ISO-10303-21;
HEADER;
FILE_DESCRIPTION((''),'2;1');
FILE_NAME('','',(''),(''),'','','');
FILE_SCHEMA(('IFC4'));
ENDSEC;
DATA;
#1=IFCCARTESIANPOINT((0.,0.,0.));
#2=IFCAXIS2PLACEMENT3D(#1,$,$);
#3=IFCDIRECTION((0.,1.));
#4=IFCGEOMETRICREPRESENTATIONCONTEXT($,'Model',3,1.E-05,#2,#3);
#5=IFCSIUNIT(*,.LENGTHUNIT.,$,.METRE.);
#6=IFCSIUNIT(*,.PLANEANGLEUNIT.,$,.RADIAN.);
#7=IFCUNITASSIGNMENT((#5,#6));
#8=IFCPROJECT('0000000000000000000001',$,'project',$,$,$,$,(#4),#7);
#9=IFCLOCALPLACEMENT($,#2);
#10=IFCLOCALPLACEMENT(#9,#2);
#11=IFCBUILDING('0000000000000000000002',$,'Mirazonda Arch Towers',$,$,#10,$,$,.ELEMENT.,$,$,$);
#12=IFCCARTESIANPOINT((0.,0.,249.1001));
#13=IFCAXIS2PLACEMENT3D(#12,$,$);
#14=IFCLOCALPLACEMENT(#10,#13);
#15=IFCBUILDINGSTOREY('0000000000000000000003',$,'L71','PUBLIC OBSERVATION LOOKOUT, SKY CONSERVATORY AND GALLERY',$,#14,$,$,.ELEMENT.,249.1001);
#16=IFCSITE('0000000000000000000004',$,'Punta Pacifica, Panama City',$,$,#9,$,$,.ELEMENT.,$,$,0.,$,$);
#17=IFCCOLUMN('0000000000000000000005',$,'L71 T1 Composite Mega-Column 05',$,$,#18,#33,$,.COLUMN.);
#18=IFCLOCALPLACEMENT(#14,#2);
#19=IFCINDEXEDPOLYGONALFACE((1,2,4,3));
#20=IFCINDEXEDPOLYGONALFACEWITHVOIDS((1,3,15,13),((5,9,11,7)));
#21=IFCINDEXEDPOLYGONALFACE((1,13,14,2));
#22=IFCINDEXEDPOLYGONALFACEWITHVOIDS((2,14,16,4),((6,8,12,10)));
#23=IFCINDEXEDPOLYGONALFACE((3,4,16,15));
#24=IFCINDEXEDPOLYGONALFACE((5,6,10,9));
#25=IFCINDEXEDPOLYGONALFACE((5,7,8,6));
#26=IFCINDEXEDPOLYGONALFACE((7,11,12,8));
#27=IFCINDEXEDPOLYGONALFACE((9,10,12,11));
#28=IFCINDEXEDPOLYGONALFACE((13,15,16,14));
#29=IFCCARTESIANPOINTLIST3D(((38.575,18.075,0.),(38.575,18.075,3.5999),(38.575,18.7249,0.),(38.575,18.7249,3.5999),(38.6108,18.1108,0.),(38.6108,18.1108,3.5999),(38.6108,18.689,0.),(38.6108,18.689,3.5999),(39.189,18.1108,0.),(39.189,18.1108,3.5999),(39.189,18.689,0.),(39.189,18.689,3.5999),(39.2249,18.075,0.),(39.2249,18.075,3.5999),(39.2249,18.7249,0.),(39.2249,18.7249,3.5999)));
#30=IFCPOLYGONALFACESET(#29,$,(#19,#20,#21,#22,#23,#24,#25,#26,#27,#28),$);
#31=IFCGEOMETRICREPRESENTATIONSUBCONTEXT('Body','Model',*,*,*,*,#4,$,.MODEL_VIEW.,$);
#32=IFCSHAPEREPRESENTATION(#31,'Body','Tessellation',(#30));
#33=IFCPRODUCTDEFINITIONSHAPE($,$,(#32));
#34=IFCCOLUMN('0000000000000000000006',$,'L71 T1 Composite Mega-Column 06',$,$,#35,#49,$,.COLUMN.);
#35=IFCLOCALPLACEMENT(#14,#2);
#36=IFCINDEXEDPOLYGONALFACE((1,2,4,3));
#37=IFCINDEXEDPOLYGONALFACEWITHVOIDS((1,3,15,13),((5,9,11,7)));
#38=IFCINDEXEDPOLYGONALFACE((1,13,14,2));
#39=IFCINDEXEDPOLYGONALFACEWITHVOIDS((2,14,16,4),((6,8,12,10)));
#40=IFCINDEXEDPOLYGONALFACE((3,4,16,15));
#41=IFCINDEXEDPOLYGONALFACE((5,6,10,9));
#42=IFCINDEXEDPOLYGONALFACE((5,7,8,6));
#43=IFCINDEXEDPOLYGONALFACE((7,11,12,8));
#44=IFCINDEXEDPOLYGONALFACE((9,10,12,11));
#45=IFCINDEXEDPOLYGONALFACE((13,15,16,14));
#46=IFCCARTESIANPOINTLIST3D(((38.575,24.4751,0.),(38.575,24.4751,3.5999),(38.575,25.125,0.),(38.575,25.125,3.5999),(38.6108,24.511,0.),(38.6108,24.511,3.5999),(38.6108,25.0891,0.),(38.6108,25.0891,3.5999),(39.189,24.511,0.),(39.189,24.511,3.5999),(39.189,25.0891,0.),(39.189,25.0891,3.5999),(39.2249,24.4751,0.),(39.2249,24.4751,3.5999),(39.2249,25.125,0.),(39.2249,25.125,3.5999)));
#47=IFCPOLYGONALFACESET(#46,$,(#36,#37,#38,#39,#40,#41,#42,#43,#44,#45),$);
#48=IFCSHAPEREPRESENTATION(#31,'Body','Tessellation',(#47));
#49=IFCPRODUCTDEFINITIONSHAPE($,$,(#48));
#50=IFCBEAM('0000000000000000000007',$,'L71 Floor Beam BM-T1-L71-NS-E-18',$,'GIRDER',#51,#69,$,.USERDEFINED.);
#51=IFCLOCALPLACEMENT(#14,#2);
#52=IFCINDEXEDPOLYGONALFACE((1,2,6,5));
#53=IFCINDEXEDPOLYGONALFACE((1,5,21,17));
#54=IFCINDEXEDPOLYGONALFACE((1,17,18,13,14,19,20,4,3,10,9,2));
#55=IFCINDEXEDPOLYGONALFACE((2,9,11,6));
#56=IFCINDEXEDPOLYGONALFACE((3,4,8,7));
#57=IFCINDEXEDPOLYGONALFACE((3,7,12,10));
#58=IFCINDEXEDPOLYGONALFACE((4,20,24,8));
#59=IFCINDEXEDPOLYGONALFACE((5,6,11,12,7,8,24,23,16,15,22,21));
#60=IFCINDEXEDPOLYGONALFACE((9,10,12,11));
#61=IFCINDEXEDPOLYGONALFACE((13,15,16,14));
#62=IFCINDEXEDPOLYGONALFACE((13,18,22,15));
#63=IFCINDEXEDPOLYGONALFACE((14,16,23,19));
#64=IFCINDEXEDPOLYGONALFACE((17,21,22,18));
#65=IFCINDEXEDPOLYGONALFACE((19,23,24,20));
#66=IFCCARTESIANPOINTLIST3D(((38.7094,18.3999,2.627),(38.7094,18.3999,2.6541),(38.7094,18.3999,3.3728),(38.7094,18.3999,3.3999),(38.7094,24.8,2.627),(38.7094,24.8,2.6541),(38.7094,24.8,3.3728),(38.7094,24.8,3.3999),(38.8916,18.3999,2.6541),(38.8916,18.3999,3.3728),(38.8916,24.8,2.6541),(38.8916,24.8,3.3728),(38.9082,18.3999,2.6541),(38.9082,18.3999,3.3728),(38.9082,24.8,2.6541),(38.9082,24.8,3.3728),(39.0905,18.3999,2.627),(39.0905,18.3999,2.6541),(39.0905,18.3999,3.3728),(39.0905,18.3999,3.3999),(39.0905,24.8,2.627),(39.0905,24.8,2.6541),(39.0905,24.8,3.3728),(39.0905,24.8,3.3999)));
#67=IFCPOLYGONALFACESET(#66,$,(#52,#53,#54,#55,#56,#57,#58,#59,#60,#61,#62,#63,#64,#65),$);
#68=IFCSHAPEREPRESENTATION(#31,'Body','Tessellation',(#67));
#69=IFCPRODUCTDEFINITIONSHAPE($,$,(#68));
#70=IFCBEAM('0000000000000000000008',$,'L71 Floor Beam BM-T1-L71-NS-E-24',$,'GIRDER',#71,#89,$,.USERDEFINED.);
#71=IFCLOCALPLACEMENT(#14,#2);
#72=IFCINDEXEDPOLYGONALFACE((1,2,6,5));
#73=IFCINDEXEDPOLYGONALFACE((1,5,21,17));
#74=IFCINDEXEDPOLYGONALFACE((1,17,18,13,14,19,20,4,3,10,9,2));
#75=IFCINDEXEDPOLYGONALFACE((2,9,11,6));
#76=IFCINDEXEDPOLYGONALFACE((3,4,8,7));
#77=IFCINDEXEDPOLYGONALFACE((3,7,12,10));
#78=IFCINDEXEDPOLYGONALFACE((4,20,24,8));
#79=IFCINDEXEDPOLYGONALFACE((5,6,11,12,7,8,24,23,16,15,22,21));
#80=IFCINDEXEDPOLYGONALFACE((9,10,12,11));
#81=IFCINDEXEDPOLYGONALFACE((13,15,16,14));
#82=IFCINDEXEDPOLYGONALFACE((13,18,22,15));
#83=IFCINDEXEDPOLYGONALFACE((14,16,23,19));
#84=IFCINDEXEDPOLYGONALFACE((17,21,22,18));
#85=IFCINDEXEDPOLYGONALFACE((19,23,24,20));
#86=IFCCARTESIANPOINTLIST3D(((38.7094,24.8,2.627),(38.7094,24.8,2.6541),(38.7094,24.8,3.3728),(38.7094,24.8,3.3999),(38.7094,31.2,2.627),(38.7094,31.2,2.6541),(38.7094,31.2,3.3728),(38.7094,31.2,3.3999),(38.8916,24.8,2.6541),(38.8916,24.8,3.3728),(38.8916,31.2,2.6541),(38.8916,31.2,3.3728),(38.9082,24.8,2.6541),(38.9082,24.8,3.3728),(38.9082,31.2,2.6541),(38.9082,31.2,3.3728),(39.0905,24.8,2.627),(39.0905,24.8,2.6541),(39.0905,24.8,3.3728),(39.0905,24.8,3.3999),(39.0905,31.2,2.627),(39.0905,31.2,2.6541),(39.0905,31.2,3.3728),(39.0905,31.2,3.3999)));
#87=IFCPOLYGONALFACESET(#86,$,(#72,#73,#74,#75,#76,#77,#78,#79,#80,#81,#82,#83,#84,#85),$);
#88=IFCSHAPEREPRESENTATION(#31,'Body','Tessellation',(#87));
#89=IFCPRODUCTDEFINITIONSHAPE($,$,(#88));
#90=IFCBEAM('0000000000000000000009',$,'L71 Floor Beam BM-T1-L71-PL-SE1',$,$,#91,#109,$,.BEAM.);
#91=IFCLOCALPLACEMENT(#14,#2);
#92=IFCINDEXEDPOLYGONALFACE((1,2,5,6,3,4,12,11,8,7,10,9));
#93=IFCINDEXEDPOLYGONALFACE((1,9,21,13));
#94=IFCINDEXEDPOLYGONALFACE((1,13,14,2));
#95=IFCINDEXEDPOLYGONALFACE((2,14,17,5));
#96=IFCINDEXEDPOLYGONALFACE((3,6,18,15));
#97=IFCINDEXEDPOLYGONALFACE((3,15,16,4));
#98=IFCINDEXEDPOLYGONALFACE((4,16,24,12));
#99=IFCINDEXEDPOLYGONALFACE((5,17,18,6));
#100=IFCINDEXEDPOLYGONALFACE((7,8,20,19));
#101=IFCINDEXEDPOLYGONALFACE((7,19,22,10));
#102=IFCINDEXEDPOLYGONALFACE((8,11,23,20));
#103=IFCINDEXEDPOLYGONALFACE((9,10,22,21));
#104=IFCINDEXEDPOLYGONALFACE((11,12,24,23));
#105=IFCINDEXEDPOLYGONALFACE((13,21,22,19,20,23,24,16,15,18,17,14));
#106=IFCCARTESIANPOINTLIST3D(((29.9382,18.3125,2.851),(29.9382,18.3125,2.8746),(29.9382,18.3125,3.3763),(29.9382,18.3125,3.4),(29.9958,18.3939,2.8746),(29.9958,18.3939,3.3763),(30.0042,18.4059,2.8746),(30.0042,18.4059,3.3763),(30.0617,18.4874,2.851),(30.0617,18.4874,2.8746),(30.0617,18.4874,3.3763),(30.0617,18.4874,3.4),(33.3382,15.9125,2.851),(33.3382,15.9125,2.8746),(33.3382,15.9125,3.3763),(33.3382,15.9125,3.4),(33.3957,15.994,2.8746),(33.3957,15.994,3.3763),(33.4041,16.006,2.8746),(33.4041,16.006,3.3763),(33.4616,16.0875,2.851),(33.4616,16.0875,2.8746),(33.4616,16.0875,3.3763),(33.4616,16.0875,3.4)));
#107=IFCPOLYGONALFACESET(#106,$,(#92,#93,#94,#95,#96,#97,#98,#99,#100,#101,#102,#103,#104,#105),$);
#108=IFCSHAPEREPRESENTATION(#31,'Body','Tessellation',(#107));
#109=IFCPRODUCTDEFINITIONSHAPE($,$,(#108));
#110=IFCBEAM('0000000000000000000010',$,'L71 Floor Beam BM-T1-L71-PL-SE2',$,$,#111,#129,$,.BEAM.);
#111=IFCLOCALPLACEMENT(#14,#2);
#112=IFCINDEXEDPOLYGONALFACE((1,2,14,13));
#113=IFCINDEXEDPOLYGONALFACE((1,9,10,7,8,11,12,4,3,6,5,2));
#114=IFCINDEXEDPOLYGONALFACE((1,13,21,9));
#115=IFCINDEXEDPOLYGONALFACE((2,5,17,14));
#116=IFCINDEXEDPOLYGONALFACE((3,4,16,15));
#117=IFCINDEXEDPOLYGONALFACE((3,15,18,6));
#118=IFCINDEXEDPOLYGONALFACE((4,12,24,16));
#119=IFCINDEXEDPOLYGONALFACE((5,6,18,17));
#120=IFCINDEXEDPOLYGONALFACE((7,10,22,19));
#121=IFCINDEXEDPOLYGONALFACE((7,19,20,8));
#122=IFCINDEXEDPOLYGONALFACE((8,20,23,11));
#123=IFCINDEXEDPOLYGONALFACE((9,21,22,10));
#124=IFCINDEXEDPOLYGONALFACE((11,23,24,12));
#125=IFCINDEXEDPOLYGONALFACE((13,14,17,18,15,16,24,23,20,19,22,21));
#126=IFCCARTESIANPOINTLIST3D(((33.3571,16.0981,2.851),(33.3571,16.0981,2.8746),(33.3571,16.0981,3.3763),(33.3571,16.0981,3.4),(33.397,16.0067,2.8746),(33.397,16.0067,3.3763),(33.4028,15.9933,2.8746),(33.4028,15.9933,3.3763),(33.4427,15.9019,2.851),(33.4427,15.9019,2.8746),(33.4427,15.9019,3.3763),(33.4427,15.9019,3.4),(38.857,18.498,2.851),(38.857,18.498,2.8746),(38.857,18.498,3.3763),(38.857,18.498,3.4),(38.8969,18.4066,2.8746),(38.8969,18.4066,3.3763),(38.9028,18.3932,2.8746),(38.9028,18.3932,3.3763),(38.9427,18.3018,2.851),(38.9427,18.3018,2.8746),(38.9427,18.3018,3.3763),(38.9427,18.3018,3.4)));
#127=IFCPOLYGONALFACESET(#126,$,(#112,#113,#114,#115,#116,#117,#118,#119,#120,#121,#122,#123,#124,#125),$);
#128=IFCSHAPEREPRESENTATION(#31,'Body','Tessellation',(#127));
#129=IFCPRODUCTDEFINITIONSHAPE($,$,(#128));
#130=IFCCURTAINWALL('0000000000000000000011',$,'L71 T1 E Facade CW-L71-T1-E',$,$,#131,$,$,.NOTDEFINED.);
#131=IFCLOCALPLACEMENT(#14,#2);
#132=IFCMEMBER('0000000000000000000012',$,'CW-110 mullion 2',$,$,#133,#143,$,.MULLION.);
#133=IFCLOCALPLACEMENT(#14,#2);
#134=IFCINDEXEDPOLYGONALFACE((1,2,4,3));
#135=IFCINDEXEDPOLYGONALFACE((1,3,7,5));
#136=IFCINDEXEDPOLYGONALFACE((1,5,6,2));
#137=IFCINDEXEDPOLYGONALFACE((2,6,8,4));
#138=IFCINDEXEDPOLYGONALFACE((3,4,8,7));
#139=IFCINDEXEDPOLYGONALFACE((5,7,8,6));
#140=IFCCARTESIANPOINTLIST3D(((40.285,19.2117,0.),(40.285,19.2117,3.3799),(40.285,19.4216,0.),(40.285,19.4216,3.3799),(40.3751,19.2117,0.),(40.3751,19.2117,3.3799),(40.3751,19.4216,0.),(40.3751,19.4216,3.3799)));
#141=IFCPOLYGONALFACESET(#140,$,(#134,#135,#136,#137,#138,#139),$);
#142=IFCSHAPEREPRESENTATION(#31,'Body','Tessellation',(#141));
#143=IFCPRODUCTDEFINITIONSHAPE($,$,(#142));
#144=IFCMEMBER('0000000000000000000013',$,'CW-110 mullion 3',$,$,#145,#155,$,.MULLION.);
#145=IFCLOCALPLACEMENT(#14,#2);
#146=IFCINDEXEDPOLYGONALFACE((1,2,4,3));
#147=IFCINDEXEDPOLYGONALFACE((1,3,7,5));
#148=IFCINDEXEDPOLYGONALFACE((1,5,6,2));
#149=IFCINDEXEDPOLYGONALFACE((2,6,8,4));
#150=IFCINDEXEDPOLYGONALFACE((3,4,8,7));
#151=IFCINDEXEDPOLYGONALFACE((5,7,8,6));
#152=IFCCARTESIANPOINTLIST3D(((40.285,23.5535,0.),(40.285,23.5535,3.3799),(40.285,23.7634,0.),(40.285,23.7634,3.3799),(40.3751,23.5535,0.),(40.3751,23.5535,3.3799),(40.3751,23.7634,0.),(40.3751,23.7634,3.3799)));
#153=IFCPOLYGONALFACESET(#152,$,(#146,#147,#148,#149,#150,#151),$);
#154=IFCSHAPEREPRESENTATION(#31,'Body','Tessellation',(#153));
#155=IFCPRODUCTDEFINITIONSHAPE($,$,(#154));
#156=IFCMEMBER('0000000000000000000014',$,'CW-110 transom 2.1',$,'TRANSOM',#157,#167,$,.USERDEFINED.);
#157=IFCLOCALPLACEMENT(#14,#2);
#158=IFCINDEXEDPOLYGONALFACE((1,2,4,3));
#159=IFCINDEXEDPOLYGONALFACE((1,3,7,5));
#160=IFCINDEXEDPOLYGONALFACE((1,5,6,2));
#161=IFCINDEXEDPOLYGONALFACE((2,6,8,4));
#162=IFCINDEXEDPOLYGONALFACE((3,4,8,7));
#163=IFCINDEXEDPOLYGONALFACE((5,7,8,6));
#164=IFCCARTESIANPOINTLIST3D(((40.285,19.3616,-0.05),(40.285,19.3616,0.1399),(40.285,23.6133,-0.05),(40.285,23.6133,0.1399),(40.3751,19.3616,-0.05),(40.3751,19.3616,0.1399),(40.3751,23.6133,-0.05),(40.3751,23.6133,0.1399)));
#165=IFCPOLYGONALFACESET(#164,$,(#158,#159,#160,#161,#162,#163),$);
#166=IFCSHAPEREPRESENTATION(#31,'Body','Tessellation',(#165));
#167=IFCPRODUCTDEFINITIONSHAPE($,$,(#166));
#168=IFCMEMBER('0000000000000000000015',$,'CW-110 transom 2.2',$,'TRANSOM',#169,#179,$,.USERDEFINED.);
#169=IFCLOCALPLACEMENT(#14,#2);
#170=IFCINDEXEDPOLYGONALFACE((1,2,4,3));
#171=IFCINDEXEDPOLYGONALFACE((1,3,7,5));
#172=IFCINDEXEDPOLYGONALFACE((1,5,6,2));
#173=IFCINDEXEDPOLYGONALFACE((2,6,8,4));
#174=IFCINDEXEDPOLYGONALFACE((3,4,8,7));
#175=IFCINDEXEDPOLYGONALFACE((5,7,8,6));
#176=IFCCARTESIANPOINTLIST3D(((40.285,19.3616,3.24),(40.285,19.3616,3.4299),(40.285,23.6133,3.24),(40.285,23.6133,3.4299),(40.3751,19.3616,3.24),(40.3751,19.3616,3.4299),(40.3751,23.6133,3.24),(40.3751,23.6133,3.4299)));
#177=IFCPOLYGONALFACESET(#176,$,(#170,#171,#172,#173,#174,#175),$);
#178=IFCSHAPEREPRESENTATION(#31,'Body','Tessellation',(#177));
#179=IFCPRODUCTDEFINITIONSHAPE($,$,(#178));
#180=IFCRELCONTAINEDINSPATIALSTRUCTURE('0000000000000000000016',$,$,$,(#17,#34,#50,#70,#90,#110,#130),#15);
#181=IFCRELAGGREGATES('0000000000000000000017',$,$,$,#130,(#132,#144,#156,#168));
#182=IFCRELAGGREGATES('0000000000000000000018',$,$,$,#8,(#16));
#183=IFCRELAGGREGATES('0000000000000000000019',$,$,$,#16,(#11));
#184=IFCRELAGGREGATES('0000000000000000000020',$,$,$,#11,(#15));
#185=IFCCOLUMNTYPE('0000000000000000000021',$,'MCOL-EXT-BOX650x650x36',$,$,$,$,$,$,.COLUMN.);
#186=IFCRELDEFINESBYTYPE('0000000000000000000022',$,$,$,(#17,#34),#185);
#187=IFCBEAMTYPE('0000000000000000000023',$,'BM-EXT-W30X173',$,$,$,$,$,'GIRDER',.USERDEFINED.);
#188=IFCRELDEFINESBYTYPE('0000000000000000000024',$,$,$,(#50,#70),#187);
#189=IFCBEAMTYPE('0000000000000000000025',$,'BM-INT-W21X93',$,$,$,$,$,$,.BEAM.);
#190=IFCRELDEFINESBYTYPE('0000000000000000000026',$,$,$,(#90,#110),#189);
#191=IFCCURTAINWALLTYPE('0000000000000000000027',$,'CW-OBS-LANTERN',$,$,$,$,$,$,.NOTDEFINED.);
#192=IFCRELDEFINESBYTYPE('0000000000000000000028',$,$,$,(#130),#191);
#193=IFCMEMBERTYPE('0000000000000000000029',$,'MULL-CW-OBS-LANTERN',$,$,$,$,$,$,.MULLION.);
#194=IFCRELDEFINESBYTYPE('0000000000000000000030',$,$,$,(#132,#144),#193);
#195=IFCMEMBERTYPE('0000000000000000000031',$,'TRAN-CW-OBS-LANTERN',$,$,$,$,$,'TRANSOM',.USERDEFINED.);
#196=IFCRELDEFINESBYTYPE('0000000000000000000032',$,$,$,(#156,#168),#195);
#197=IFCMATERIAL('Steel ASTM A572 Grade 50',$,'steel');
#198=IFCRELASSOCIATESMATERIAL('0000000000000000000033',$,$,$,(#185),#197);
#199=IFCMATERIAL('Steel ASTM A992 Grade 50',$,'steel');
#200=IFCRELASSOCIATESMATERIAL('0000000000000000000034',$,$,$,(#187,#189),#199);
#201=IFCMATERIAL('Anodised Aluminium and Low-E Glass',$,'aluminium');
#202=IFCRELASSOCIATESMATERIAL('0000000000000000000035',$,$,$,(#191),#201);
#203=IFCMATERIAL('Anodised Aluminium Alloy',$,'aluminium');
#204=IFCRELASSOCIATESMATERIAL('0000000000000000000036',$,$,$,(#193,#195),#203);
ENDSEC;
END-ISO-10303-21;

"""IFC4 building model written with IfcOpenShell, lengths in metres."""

from ifc_helpers import new_model, si_unit, direction, frame, origin, origin_2d, place, context, subcontext, project, spatial, rectangle, hollow_rectangle, i_section, extrude, material, material_profile, profile_set, type_object, element, aggregate, save


model = new_model("IFC4")

# Units and contexts
model_context = context("Model", 3, precision=1e-05, world=origin(), true_north=direction((0.0, 1.0)))
body_context = subcontext(model_context, "Body", "Model", "MODEL_VIEW")
ifc_project = project(units=[si_unit("LENGTHUNIT", "METRE"), si_unit("PLANEANGLEUNIT", "RADIAN")], contexts=[model_context])

# Site, building, storey
site_placement = place(None, origin())
site = spatial("IfcSite", under=ifc_project, at=site_placement, Name="Punta Pacifica, Panama City", CompositionType="ELEMENT", RefElevation=0.0)
building_placement = place(site_placement, origin())
building = spatial("IfcBuilding", under=site, at=building_placement, Name="Mirazonda Arch Towers", CompositionType="ELEMENT")
storey_placement = place(building_placement, frame((0.0, 0.0, 249.1001)))
storey = spatial("IfcBuildingStorey", under=building, at=storey_placement, Name="L71", Description="PUBLIC OBSERVATION LOOKOUT, SKY CONSERVATORY AND GALLERY", CompositionType="ELEMENT", Elevation=249.1001)

# Columns
ifc_material_1 = material(Name="Steel ASTM A572 Grade 50", Category="steel")
ifc_material_profile_1 = material_profile(ifc_material_1, hollow_rectangle(XDim=0.6499, YDim=0.6499, WallThickness=0.0359, at=origin_2d()), Name="BOX650x650x36")
ifc_profile_set_1 = profile_set([ifc_material_profile_1], Name="Steel ASTM A572 Grade 50")
column_type = type_object("IfcColumnType", Name="MCOL-EXT-BOX650x650x36", PredefinedType="COLUMN", material=ifc_profile_set_1)
for number, where, z_axis, x_axis, name in (
    (1, (38.8999, 18.3999, 0.0), (0.0, 0.0, 1.0), (1.0, 0.0, 0.0), "L71 T1 Composite Mega-Column 05"),
    (2, (38.8999, 24.8, 0.0), (0.0, 0.0, 1.0), (1.0, 0.0, 0.0), "L71 T1 Composite Mega-Column 06"),
):
    element("IfcColumn", number, at=place(storey_placement, frame(where, z_axis=z_axis, x_axis=x_axis)), inside=storey, type_object=column_type, Name=name, PredefinedType="COLUMN", context=body_context, shape_type="SweptSolid", body=[
        extrude(hollow_rectangle(XDim=0.6499, YDim=0.6499, WallThickness=0.0359, at=origin_2d()), origin(), (0.0, 0.0, 1.0), 3.5999),
    ])

# Beams
ifc_material_2 = material(Name="Steel ASTM A992 Grade 50", Category="steel")
ifc_material_profile_2 = material_profile(ifc_material_2, i_section(OverallWidth=0.3811, OverallDepth=0.7729, WebThickness=0.0166, FlangeThickness=0.0271, at=origin_2d()), Name="W30X173")
ifc_profile_set_2 = profile_set([ifc_material_profile_2], Name="Steel ASTM A992 Grade 50")
beam_type_1 = type_object("IfcBeamType", Name="BM-EXT-W30X173", ElementType="GIRDER", PredefinedType="USERDEFINED", material=ifc_profile_set_2)
beam_1_placement = place(storey_placement, frame((38.8999, 18.3999, 3.0134), z_axis=(0.0, 1.0, 0.0), x_axis=(-1.0, 0.0, 0.0)))
element("IfcBeam", 3, at=beam_1_placement, inside=storey, type_object=beam_type_1, Name="L71 Floor Beam BM-T1-L71-NS-E-18", ObjectType="GIRDER", PredefinedType="USERDEFINED", context=body_context, shape_type="SweptSolid", body=[
    extrude(i_section(OverallWidth=0.3811, OverallDepth=0.7729, WebThickness=0.0166, FlangeThickness=0.0271, at=origin_2d()), origin(), (0.0, 0.0, 1.0), 6.4001),
])
beam_2_placement = place(storey_placement, frame((38.8999, 24.8, 3.0134), z_axis=(0.0, 1.0, 0.0), x_axis=(-1.0, 0.0, 0.0)))
element("IfcBeam", 4, at=beam_2_placement, inside=storey, type_object=beam_type_1, Name="L71 Floor Beam BM-T1-L71-NS-E-24", ObjectType="GIRDER", PredefinedType="USERDEFINED", context=body_context, shape_type="SweptSolid", body=[
    extrude(i_section(OverallWidth=0.3811, OverallDepth=0.7729, WebThickness=0.0166, FlangeThickness=0.0271, at=origin_2d()), origin(), (0.0, 0.0, 1.0), 6.3999),
])
ifc_material_profile_3 = material_profile(ifc_material_2, i_section(OverallWidth=0.2141, OverallDepth=0.5491, WebThickness=0.0146, FlangeThickness=0.0237, at=origin_2d()), Name="W21X93")
ifc_profile_set_3 = profile_set([ifc_material_profile_3], Name="Steel ASTM A992 Grade 50")
beam_type_2 = type_object("IfcBeamType", Name="BM-INT-W21X93", PredefinedType="BEAM", material=ifc_profile_set_3)
beam_3_placement = place(storey_placement, frame((33.3999, 16.0, 3.1255), z_axis=(-0.816971, 0.576679, 0.0), x_axis=(-0.576679, -0.816971, 0.0)))
element("IfcBeam", 5, at=beam_3_placement, inside=storey, type_object=beam_type_2, Name="L71 Floor Beam BM-T1-L71-PL-SE1", PredefinedType="BEAM", context=body_context, shape_type="SweptSolid", body=[
    extrude(i_section(OverallWidth=0.2141, OverallDepth=0.5491, WebThickness=0.0146, FlangeThickness=0.0237, at=origin_2d()), origin(), (0.0, 0.0, 1.0), 4.1616),
])
beam_4_placement = place(storey_placement, frame((33.3999, 16.0, 3.1255), z_axis=(0.916545, 0.399931, 0.0), x_axis=(-0.399931, 0.916545, 0.0)))
element("IfcBeam", 6, at=beam_4_placement, inside=storey, type_object=beam_type_2, Name="L71 Floor Beam BM-T1-L71-PL-SE2", PredefinedType="BEAM", context=body_context, shape_type="SweptSolid", body=[
    extrude(i_section(OverallWidth=0.2141, OverallDepth=0.5491, WebThickness=0.0146, FlangeThickness=0.0237, at=origin_2d()), origin(), (0.0, 0.0, 1.0), 6.0007),
])

# Curtain wall, members
ifc_material_3 = material(Name="Anodised Aluminium and Low-E Glass", Category="aluminium")
curtain_wall_type = type_object("IfcCurtainWallType", Name="CW-OBS-LANTERN", PredefinedType="NOTDEFINED", material=ifc_material_3)
curtain_wall_placement = place(storey_placement, origin())
curtain_wall = element("IfcCurtainWall", 7, at=curtain_wall_placement, inside=storey, type_object=curtain_wall_type, Name="L71 T1 E Facade CW-L71-T1-E", PredefinedType="NOTDEFINED")
ifc_material_4 = material(Name="Anodised Aluminium Alloy", Category="aluminium")
ifc_material_profile_4 = material_profile(ifc_material_4, rectangle(XDim=0.0901, YDim=0.21, at=origin_2d()), Name="ALU-MULL-90x210")
ifc_profile_set_4 = profile_set([ifc_material_profile_4], Name="Anodised Aluminium Alloy")
member_type_1 = type_object("IfcMemberType", Name="MULL-CW-OBS-LANTERN", PredefinedType="MULLION", material=ifc_profile_set_4)
member_1_placement = place(storey_placement, frame((40.3301, 19.3167, 0.0), z_axis=(0.0, 0.0, 1.0), x_axis=(-1.0, 0.0, 0.0)))
member_1 = element("IfcMember", 8, at=member_1_placement, type_object=member_type_1, Name="CW-110 mullion 2", PredefinedType="MULLION", context=body_context, shape_type="SweptSolid", body=[
    extrude(rectangle(XDim=0.0901, YDim=0.21, at=origin_2d()), origin(), (0.0, 0.0, 1.0), 3.3799),
])
member_2_placement = place(storey_placement, frame((40.3301, 23.6584, 0.0), z_axis=(0.0, 0.0, 1.0), x_axis=(-1.0, 0.0, 0.0)))
member_2 = element("IfcMember", 9, at=member_2_placement, type_object=member_type_1, Name="CW-110 mullion 3", PredefinedType="MULLION", context=body_context, shape_type="SweptSolid", body=[
    extrude(rectangle(XDim=0.0901, YDim=0.21, at=origin_2d()), origin(), (0.0, 0.0, 1.0), 3.3799),
])
ifc_material_profile_5 = material_profile(ifc_material_4, rectangle(XDim=0.0901, YDim=0.1899, at=origin_2d()), Name="ALU-TRAN-90x190")
ifc_profile_set_5 = profile_set([ifc_material_profile_5], Name="Anodised Aluminium Alloy")
member_type_2 = type_object("IfcMemberType", Name="TRAN-CW-OBS-LANTERN", ElementType="TRANSOM", PredefinedType="USERDEFINED", material=ifc_profile_set_5)
member_3_placement = place(storey_placement, frame((40.3301, 19.3616, 0.0449), z_axis=(0.0, 1.0, 0.0), x_axis=(-1.0, 0.0, 0.0)))
member_3 = element("IfcMember", 10, at=member_3_placement, type_object=member_type_2, Name="CW-110 transom 2.1", ObjectType="TRANSOM", PredefinedType="USERDEFINED", context=body_context, shape_type="SweptSolid", body=[
    extrude(rectangle(XDim=0.0901, YDim=0.1899, at=origin_2d()), origin(), (0.0, 0.0, 1.0), 4.2517),
])
member_4_placement = place(storey_placement, frame((40.3301, 19.3616, 3.335), z_axis=(0.0, 1.0, 0.0), x_axis=(-1.0, 0.0, 0.0)))
member_4 = element("IfcMember", 11, at=member_4_placement, type_object=member_type_2, Name="CW-110 transom 2.2", ObjectType="TRANSOM", PredefinedType="USERDEFINED", context=body_context, shape_type="SweptSolid", body=[
    extrude(rectangle(XDim=0.0901, YDim=0.1899, at=origin_2d()), origin(), (0.0, 0.0, 1.0), 4.2517),
])
aggregate(curtain_wall, [member_1, member_2, member_3, member_4])

save(model, "model.ifc")
